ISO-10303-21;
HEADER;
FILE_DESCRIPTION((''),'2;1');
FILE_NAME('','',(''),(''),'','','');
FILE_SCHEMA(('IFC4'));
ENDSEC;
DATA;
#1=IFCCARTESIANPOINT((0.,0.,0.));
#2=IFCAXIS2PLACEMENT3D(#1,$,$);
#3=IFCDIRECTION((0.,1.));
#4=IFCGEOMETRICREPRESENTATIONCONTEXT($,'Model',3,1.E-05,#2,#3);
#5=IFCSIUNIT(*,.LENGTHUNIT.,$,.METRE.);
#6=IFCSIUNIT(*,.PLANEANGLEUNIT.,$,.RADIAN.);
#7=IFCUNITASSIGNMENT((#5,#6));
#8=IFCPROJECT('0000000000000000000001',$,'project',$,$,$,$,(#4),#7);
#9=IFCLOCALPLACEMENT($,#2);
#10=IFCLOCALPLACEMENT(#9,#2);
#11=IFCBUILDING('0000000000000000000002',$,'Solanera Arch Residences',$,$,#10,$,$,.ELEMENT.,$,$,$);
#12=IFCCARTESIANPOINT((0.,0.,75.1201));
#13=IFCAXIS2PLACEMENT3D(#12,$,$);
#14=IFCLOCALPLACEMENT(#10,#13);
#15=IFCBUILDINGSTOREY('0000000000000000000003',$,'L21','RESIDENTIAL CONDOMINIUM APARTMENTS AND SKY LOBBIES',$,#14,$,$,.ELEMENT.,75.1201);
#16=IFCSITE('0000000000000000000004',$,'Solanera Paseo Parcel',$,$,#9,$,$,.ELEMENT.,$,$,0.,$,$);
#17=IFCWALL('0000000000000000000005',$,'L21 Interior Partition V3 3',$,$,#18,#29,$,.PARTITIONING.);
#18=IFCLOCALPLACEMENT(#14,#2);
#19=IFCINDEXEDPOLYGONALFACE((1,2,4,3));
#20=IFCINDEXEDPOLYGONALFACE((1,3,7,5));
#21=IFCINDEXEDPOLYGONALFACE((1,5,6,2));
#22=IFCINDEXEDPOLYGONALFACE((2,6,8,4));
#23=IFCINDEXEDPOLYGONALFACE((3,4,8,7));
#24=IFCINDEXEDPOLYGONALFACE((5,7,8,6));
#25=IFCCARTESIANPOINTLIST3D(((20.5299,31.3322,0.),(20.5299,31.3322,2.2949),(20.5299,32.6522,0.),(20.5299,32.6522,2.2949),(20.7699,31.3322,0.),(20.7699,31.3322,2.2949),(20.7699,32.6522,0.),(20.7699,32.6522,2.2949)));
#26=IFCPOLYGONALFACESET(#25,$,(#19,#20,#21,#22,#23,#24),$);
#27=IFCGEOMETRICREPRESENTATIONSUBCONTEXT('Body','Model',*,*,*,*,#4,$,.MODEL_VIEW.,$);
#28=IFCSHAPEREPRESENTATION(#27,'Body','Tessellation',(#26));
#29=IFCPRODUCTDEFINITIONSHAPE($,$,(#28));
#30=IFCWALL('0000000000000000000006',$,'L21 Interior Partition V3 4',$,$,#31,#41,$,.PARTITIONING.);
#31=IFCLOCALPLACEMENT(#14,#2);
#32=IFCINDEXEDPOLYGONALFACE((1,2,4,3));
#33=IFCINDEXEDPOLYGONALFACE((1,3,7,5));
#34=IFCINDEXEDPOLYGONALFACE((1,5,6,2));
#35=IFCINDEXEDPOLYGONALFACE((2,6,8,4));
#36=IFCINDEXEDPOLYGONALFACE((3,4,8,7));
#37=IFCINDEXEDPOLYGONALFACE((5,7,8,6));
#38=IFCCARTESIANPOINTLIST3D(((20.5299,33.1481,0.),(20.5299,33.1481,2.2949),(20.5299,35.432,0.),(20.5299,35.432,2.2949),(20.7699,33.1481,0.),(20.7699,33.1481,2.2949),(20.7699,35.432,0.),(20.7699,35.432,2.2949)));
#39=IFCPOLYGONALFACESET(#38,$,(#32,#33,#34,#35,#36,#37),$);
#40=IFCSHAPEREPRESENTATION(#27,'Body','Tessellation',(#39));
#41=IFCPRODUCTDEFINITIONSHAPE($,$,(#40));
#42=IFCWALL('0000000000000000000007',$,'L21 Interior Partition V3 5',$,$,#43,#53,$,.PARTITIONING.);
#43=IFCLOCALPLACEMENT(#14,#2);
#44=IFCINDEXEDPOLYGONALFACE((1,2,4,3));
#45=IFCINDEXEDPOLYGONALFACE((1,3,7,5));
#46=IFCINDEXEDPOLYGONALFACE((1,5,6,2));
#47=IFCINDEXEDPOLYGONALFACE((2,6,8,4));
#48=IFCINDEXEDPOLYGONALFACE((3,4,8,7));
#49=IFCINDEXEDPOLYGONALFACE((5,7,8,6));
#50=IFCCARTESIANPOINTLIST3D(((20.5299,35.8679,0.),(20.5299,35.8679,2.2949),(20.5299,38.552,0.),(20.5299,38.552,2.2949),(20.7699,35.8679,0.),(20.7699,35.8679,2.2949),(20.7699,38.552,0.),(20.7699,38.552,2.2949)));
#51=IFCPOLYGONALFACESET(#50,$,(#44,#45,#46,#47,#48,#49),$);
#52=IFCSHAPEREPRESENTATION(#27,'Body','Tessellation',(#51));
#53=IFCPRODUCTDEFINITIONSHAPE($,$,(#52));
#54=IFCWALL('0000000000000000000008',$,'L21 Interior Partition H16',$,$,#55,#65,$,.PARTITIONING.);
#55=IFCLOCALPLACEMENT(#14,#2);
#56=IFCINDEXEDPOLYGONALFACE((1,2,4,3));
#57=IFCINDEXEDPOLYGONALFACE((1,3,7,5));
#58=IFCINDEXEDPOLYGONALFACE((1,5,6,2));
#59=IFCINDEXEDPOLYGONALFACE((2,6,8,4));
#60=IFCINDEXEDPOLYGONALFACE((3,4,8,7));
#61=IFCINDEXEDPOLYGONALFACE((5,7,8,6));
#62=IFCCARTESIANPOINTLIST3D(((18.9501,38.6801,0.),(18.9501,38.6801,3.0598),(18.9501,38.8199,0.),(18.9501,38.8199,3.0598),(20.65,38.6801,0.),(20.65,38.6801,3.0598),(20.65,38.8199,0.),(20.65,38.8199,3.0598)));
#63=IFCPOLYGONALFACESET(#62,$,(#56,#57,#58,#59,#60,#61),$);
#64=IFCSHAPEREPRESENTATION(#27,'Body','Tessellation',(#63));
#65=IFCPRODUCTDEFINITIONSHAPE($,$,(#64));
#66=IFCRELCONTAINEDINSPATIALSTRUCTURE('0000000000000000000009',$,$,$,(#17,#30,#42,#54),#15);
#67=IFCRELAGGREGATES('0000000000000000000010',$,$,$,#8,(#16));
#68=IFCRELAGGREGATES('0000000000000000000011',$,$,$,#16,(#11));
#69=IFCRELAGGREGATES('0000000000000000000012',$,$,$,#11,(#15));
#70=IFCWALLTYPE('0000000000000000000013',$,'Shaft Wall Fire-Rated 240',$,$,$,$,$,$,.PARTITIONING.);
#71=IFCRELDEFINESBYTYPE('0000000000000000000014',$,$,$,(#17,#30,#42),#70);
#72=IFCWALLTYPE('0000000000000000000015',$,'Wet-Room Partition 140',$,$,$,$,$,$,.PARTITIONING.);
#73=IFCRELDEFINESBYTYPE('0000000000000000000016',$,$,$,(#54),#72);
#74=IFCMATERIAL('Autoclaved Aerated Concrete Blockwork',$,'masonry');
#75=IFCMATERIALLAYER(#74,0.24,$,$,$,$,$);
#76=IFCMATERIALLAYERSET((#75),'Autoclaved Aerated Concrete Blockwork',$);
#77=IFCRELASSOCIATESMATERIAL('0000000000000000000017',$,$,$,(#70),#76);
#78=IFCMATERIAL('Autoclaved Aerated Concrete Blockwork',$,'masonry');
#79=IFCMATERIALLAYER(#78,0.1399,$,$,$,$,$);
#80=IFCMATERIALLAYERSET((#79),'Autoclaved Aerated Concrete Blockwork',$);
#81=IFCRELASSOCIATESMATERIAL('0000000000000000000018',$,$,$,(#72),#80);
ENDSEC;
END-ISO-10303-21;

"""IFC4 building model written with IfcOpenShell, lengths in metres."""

from ifc_helpers import new_model, si_unit, direction, frame, frame_2d, origin, place, context, subcontext, project, spatial, rectangle, extrude, material, layer, layer_set, type_object, element, save


model = new_model("IFC4")

# Units and contexts
model_context = context("Model", 3, precision=1e-05, world=origin(), true_north=direction((0.0, 1.0)))
body_context = subcontext(model_context, "Body", "Model", "MODEL_VIEW")
ifc_project = project(units=[si_unit("LENGTHUNIT", "METRE"), si_unit("PLANEANGLEUNIT", "RADIAN")], contexts=[model_context])

# Site, building, storey
site_placement = place(None, origin())
site = spatial("IfcSite", under=ifc_project, at=site_placement, Name="Solanera Paseo Parcel", CompositionType="ELEMENT", RefElevation=0.0)
building_placement = place(site_placement, origin())
building = spatial("IfcBuilding", under=site, at=building_placement, Name="Solanera Arch Residences", CompositionType="ELEMENT")
storey_placement = place(building_placement, frame((0.0, 0.0, 75.1201)))
storey = spatial("IfcBuildingStorey", under=building, at=storey_placement, Name="L21", Description="RESIDENTIAL CONDOMINIUM APARTMENTS AND SKY LOBBIES", CompositionType="ELEMENT", Elevation=75.1201)

# Shared definitions
ifc_material_1 = material(Name="Autoclaved Aerated Concrete Blockwork", Category="masonry")
ifc_layer_1 = layer(ifc_material_1, 0.24)
ifc_layer_set_1 = layer_set([ifc_layer_1], Name="Autoclaved Aerated Concrete Blockwork")
wall_type_1 = type_object("IfcWallType", Name="Shaft Wall Fire-Rated 240", PredefinedType="PARTITIONING", material=ifc_layer_set_1)

# Walls
wall_1_placement = place(storey_placement, frame((20.6499, 31.332, 0.0), z_axis=(0.0, 0.0, 1.0), x_axis=(0.0, 1.0, 0.0)))
element("IfcWall", 1, at=wall_1_placement, inside=storey, type_object=wall_type_1, Name="L21 Interior Partition V3 3", PredefinedType="PARTITIONING", context=body_context, shape_type="SweptSolid", body=[
    extrude(rectangle(XDim=1.3201, YDim=0.24, at=frame_2d((0.6602, 0.0))), origin(), (0.0, 0.0, 1.0), 2.2949),
])
wall_2_placement = place(storey_placement, frame((20.6499, 33.1479, 0.0), z_axis=(0.0, 0.0, 1.0), x_axis=(0.0, 1.0, 0.0)))
element("IfcWall", 2, at=wall_2_placement, inside=storey, type_object=wall_type_1, Name="L21 Interior Partition V3 4", PredefinedType="PARTITIONING", context=body_context, shape_type="SweptSolid", body=[
    extrude(rectangle(XDim=2.2839, YDim=0.24, at=frame_2d((1.1421, 0.0))), origin(), (0.0, 0.0, 1.0), 2.2949),
])
wall_3_placement = place(storey_placement, frame((20.6499, 35.8679, 0.0), z_axis=(0.0, 0.0, 1.0), x_axis=(0.0, 1.0, 0.0)))
element("IfcWall", 3, at=wall_3_placement, inside=storey, type_object=wall_type_1, Name="L21 Interior Partition V3 5", PredefinedType="PARTITIONING", context=body_context, shape_type="SweptSolid", body=[
    extrude(rectangle(XDim=2.6841, YDim=0.24, at=frame_2d((1.342, 0.0))), origin(), (0.0, 0.0, 1.0), 2.2949),
])
ifc_material_2 = material(Name="Autoclaved Aerated Concrete Blockwork", Category="masonry")
ifc_layer_2 = layer(ifc_material_2, 0.1399)
ifc_layer_set_2 = layer_set([ifc_layer_2], Name="Autoclaved Aerated Concrete Blockwork")
wall_type_2 = type_object("IfcWallType", Name="Wet-Room Partition 140", PredefinedType="PARTITIONING", material=ifc_layer_set_2)
wall_4_placement = place(storey_placement, frame((18.95, 38.75, 0.0), z_axis=(0.0, 0.0, 1.0), x_axis=(1.0, 0.0, 0.0)))
element("IfcWall", 4, at=wall_4_placement, inside=storey, type_object=wall_type_2, Name="L21 Interior Partition H16", PredefinedType="PARTITIONING", context=body_context, shape_type="SweptSolid", body=[
    extrude(rectangle(XDim=1.7, YDim=0.1399, at=frame_2d((0.8501, 0.0))), origin(), (0.0, 0.0, 1.0), 3.0598),
])

save(model, "model.ifc")
